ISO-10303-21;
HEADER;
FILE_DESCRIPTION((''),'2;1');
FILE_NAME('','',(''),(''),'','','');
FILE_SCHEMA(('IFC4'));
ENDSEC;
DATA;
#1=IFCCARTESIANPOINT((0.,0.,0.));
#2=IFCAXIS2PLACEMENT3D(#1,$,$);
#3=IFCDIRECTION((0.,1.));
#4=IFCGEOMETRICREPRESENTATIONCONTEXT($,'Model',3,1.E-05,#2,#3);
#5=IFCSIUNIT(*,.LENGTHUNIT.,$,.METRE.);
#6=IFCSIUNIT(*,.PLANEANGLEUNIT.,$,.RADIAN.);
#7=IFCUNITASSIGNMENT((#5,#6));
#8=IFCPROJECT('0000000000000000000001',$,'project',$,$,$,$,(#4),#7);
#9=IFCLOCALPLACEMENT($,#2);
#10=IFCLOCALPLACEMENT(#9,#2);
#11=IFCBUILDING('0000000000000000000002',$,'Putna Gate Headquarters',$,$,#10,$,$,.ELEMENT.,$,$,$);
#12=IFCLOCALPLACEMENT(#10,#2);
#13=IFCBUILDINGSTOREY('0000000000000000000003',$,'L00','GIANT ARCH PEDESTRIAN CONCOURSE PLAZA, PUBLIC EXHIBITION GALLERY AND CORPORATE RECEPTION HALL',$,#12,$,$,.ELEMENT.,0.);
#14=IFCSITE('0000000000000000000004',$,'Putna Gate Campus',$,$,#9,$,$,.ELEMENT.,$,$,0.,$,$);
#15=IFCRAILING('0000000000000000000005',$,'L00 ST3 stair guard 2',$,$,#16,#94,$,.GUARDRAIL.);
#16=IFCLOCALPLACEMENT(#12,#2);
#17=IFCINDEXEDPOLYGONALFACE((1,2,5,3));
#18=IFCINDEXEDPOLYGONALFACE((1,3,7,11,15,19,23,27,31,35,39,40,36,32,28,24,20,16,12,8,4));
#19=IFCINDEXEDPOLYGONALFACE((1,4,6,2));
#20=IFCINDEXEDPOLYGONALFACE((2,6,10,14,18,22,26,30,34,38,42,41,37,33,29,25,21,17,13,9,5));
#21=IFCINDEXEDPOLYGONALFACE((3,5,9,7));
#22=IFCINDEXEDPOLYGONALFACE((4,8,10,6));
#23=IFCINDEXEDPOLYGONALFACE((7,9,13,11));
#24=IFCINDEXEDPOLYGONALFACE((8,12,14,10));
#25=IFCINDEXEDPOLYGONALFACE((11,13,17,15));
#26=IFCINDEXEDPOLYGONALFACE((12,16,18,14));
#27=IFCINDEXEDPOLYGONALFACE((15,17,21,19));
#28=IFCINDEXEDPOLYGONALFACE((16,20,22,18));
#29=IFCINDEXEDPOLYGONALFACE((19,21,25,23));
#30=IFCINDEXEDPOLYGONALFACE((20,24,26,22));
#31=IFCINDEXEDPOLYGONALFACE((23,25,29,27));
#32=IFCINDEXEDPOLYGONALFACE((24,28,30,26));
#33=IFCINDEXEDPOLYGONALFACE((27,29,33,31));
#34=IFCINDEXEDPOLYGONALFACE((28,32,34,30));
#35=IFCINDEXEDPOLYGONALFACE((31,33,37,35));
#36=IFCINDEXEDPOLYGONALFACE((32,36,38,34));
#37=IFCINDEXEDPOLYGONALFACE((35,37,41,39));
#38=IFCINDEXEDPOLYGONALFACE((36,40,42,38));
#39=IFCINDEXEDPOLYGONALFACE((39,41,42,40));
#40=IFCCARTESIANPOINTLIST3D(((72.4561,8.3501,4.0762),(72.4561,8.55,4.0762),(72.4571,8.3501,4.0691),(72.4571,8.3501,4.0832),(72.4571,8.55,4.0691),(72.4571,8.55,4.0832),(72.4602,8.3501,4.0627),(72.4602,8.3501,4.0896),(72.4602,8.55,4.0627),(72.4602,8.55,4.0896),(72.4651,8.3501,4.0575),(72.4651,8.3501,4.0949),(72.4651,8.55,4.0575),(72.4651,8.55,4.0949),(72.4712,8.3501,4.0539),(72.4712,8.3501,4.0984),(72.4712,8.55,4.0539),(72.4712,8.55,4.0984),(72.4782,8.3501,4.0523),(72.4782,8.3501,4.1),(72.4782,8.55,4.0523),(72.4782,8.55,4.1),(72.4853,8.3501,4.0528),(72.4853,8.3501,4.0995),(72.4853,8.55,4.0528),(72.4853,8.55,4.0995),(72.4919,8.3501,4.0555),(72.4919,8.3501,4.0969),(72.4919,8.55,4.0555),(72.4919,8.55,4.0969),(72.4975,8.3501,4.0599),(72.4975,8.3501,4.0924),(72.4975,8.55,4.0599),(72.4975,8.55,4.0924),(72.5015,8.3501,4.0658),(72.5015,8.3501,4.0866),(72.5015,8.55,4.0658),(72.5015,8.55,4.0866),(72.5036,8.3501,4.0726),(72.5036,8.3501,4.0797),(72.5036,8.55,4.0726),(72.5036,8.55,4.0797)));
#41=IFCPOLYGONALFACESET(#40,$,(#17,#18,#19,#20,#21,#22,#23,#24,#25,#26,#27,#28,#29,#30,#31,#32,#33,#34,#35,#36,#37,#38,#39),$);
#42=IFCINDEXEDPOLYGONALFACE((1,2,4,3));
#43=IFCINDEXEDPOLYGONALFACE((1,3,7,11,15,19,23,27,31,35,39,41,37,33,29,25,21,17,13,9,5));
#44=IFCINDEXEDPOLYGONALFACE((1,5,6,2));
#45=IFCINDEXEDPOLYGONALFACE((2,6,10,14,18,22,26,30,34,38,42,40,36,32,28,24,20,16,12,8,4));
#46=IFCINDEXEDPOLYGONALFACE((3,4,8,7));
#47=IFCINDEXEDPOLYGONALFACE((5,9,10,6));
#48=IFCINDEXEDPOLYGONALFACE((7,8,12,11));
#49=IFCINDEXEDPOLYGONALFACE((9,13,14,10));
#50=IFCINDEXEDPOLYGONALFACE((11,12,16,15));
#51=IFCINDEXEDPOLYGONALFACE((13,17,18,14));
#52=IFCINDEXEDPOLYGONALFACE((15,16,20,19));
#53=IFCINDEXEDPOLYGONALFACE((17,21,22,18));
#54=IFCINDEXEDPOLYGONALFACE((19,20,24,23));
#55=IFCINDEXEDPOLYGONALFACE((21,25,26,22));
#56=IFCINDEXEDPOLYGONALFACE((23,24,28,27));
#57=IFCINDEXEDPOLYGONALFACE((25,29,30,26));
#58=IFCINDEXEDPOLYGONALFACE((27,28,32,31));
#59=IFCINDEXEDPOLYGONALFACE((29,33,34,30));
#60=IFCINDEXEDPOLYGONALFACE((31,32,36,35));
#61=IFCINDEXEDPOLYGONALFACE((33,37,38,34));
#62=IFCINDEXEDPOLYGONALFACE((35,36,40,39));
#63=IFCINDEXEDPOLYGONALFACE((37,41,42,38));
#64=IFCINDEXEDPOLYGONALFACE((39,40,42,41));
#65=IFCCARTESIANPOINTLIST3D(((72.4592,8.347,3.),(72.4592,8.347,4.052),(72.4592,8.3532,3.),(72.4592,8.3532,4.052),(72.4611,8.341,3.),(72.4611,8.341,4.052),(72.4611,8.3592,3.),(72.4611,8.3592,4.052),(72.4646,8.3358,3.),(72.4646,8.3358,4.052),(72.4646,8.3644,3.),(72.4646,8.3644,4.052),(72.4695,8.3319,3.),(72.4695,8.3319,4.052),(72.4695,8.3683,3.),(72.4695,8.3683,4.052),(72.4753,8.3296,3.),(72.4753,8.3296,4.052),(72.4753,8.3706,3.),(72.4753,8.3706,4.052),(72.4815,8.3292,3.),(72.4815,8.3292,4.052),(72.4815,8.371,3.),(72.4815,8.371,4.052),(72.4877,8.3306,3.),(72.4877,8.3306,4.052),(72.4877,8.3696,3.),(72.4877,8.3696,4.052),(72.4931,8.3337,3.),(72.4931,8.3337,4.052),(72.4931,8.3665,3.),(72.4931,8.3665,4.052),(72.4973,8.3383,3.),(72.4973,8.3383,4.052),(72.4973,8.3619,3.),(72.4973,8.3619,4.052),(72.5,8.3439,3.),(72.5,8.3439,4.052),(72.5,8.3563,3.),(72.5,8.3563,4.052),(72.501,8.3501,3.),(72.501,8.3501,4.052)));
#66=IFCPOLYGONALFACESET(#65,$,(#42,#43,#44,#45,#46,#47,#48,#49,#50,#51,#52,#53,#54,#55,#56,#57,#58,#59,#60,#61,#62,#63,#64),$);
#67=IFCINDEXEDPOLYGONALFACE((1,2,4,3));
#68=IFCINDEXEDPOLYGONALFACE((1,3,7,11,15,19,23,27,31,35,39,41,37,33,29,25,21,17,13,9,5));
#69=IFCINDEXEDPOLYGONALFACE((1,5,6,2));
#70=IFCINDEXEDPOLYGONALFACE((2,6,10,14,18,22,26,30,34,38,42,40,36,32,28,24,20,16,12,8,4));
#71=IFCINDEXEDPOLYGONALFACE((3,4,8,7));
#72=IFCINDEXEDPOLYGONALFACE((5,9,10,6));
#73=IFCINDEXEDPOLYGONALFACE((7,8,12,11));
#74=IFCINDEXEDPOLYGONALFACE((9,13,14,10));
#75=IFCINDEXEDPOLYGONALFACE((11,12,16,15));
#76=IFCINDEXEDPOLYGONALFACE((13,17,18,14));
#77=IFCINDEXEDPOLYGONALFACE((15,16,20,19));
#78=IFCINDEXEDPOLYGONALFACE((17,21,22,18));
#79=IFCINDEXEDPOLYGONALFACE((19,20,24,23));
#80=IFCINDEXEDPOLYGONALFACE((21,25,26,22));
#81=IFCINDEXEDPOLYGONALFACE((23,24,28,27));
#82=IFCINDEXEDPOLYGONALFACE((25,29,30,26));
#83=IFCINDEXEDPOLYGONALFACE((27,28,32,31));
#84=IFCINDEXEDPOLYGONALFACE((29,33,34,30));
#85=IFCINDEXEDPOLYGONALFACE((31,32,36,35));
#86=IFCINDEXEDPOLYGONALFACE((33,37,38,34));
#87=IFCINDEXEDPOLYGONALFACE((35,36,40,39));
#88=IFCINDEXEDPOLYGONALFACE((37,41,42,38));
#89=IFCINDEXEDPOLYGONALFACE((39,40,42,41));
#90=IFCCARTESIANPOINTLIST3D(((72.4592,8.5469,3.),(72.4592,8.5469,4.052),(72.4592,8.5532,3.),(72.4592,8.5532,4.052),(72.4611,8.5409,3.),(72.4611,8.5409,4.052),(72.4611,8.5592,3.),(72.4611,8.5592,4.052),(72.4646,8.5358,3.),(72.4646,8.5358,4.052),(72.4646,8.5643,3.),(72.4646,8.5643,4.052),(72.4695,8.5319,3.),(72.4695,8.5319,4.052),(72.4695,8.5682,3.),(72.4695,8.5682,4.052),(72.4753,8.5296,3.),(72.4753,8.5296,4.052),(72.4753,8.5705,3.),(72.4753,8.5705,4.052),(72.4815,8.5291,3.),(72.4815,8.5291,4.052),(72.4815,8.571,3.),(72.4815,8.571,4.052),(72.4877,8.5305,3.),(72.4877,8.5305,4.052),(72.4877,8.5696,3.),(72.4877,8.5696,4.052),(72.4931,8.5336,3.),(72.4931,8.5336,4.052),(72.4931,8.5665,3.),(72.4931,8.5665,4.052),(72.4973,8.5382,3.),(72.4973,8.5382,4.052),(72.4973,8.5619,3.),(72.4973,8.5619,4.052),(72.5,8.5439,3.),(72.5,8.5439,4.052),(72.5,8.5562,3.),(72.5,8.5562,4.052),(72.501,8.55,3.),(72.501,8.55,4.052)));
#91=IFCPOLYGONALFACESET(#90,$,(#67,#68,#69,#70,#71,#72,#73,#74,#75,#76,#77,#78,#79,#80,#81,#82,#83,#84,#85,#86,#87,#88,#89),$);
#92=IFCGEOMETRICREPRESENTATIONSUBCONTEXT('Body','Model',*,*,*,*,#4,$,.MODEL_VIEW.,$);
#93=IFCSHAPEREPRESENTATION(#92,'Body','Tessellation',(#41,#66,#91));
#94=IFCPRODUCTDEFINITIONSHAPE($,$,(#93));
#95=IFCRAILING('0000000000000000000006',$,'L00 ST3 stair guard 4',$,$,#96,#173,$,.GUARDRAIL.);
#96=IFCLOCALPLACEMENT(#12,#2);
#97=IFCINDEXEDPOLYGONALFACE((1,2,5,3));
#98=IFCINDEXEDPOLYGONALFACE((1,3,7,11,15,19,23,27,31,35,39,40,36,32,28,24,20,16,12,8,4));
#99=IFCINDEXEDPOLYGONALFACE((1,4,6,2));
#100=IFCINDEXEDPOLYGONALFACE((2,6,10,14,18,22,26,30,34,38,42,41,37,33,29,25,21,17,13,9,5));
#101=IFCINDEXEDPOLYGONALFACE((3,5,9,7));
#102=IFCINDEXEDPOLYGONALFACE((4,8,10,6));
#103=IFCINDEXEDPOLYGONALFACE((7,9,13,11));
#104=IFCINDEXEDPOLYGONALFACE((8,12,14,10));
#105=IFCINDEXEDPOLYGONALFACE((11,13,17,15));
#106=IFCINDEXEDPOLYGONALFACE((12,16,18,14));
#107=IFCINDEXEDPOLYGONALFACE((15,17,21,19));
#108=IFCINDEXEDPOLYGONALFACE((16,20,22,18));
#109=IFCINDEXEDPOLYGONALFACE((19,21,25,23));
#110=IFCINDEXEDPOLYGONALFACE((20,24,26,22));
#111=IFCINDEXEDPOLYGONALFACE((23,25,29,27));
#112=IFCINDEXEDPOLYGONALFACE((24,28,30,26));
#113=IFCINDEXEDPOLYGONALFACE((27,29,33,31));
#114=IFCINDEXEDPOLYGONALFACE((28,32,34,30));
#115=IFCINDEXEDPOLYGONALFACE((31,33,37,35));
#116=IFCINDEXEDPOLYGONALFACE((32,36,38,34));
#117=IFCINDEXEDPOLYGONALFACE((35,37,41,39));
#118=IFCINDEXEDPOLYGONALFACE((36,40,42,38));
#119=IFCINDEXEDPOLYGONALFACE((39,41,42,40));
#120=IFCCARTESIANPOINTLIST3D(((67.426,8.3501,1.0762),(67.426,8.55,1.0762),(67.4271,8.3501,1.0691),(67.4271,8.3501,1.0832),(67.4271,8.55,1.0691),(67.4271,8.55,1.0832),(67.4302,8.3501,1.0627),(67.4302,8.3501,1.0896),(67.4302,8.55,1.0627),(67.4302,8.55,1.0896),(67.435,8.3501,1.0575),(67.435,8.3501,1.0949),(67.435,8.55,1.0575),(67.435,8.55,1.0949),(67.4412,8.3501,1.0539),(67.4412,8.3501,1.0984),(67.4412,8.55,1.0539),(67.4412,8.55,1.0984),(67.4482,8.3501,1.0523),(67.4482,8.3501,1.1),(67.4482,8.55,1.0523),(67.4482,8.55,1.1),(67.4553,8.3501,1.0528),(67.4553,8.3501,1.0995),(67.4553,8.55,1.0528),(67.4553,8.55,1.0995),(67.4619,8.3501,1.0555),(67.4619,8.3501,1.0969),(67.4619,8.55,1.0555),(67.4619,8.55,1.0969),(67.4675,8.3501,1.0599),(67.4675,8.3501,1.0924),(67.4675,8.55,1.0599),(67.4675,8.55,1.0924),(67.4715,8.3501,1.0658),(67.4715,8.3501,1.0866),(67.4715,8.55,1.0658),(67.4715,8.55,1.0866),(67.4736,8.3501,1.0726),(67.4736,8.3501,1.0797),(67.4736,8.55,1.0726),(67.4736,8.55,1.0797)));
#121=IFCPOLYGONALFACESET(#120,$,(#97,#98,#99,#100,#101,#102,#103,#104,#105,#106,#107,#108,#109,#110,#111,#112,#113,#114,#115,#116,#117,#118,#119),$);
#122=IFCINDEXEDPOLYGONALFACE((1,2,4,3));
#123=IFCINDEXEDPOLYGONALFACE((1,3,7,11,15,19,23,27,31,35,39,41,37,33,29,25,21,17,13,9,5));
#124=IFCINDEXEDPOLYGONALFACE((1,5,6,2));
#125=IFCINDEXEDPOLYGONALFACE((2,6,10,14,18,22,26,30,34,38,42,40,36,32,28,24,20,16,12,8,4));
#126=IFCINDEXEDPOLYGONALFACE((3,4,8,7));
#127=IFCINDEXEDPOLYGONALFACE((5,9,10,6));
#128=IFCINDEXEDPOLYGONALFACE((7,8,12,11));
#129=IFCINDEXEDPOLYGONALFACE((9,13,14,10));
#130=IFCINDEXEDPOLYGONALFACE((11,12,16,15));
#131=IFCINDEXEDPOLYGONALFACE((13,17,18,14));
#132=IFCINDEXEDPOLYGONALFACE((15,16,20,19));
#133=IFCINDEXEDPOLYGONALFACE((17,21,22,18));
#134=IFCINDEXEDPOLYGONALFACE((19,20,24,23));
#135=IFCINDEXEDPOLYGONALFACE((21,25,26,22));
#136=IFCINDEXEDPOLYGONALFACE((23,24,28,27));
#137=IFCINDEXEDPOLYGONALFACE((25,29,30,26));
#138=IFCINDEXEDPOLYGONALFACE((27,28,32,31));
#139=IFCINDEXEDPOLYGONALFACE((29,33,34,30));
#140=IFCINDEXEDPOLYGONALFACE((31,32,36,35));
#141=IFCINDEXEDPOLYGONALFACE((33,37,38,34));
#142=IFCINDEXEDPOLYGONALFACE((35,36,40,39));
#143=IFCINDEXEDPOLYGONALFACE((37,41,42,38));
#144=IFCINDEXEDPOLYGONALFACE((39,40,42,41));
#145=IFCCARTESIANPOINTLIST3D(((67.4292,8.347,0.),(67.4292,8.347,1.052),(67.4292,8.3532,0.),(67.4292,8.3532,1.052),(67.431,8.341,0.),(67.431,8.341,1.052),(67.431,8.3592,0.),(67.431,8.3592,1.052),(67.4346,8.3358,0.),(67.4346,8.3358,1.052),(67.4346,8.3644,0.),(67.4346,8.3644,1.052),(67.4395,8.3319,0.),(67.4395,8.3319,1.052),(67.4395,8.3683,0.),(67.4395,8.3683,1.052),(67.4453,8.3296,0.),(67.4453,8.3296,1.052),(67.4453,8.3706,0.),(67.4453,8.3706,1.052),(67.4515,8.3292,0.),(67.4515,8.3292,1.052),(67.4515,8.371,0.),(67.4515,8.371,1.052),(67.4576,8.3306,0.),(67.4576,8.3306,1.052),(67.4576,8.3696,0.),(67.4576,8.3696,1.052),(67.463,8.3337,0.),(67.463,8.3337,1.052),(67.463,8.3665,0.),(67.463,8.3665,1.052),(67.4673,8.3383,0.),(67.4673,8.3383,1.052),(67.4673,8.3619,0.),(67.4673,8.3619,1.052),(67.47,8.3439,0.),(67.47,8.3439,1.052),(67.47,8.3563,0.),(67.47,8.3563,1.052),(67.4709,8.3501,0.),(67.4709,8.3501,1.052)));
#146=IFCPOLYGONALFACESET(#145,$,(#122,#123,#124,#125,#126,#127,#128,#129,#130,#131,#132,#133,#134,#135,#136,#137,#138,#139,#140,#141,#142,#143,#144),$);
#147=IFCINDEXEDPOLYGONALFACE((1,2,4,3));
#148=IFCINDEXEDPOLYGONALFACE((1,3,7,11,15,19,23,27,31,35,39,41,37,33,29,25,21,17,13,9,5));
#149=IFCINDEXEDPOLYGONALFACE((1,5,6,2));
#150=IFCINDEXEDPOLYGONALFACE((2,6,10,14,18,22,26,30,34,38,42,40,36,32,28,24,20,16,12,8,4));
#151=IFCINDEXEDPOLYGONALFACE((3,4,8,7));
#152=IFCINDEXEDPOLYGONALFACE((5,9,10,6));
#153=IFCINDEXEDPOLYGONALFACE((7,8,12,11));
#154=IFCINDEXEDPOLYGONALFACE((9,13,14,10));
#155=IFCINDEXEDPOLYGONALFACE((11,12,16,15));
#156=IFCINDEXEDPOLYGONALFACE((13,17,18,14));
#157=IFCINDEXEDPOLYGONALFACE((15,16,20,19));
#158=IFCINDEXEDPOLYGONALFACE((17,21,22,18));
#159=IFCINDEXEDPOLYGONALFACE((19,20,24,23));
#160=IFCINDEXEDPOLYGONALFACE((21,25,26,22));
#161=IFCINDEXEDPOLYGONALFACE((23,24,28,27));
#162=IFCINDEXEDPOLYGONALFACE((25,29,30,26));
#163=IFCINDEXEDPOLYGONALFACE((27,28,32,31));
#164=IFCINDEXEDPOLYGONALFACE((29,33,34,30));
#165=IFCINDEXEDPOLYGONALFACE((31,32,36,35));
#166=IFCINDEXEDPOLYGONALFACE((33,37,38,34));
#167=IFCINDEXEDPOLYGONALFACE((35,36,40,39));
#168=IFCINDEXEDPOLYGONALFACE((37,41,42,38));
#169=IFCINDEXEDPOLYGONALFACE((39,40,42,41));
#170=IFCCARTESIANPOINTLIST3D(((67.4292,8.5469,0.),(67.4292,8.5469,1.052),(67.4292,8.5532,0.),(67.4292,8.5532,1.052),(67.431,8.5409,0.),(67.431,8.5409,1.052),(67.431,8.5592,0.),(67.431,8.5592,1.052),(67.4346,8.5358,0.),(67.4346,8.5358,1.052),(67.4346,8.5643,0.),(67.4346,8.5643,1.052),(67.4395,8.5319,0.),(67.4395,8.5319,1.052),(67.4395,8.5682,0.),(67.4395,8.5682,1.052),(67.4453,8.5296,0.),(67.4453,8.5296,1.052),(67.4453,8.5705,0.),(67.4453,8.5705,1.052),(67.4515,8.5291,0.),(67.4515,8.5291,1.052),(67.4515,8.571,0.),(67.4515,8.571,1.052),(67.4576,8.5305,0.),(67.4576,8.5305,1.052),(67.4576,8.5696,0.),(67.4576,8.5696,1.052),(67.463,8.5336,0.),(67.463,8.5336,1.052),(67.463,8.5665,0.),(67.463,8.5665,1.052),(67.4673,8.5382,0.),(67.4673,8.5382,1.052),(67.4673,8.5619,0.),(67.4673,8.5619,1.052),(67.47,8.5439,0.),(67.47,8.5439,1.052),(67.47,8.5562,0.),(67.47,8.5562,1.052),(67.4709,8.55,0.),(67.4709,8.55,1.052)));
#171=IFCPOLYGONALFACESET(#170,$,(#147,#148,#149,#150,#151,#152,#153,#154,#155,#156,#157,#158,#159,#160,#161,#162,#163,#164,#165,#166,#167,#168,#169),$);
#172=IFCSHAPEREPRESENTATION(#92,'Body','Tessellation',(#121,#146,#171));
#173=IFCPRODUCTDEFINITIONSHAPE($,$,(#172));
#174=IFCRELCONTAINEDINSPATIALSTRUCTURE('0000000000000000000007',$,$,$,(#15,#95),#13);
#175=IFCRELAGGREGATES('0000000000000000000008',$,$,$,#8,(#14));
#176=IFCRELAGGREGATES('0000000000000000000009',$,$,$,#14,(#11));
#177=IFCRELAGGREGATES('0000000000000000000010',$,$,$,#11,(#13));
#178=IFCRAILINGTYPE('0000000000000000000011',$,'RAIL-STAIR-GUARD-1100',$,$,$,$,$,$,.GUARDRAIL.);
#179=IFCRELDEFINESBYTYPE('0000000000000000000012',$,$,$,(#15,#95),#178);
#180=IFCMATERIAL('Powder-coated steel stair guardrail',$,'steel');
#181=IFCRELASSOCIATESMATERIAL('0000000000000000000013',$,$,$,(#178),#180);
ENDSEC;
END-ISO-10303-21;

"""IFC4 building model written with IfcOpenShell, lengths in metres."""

from ifc_helpers import new_model, si_unit, direction, frame, origin, origin_2d, place, context, subcontext, project, spatial, circle, extrude, material, type_object, element, save


model = new_model("IFC4")

# Units and contexts
model_context = context("Model", 3, precision=1e-05, world=origin(), true_north=direction((0.0, 1.0)))
body_context = subcontext(model_context, "Body", "Model", "MODEL_VIEW")
ifc_project = project(units=[si_unit("LENGTHUNIT", "METRE"), si_unit("PLANEANGLEUNIT", "RADIAN")], contexts=[model_context])

# Site, building, storey
site_placement = place(None, origin())
site = spatial("IfcSite", under=ifc_project, at=site_placement, Name="Putna Gate Campus", CompositionType="ELEMENT", RefElevation=0.0)
building_placement = place(site_placement, origin())
building = spatial("IfcBuilding", under=site, at=building_placement, Name="Putna Gate Headquarters", CompositionType="ELEMENT")
storey_placement = place(building_placement, origin())
storey = spatial("IfcBuildingStorey", under=building, at=storey_placement, Name="L00", Description="GIANT ARCH PEDESTRIAN CONCOURSE PLAZA, PUBLIC EXHIBITION GALLERY AND CORPORATE RECEPTION HALL", CompositionType="ELEMENT", Elevation=0.0)

# Railings
ifc_material_1 = material(Name="Powder-coated steel stair guardrail", Category="steel")
railing_type_1 = type_object("IfcRailingType", Name="RAIL-STAIR-GUARD-1100", PredefinedType="GUARDRAIL", material=ifc_material_1)
railing_1_placement = place(storey_placement, frame((72.48, 8.3501, 3.0)))
element("IfcRailing", 1, at=railing_1_placement, inside=storey, type_object=railing_type_1, Name="L00 ST3 stair guard 2", PredefinedType="GUARDRAIL", context=body_context, shape_type="SweptSolid", body=[
    extrude(circle(Radius=0.0239, at=origin_2d()), frame((0.0, 0.0, 1.0762), z_axis=(0.0, 1.0, 0.0), x_axis=(-1.0, 0.0, 0.0)), (0.0, 0.0, 1.0), 0.2),
    extrude(circle(Radius=0.021, at=origin_2d()), origin(), (0.0, 0.0, 1.0), 1.052),
    extrude(circle(Radius=0.021, at=origin_2d()), frame((0.0, 0.2, 0.0)), (0.0, 0.0, 1.0), 1.052),
])
railing_2_placement = place(storey_placement, frame((67.45, 8.3501, 0.0)))
element("IfcRailing", 2, at=railing_2_placement, inside=storey, type_object=railing_type_1, Name="L00 ST3 stair guard 4", PredefinedType="GUARDRAIL", context=body_context, shape_type="SweptSolid", body=[
    extrude(circle(Radius=0.0239, at=origin_2d()), frame((0.0, 0.0, 1.0762), z_axis=(0.0, 1.0, 0.0), x_axis=(-1.0, 0.0, 0.0)), (0.0, 0.0, 1.0), 0.2),
    extrude(circle(Radius=0.021, at=origin_2d()), origin(), (0.0, 0.0, 1.0), 1.052),
    extrude(circle(Radius=0.021, at=origin_2d()), frame((0.0, 0.2, 0.0)), (0.0, 0.0, 1.0), 1.052),
])

save(model, "model.ifc")
